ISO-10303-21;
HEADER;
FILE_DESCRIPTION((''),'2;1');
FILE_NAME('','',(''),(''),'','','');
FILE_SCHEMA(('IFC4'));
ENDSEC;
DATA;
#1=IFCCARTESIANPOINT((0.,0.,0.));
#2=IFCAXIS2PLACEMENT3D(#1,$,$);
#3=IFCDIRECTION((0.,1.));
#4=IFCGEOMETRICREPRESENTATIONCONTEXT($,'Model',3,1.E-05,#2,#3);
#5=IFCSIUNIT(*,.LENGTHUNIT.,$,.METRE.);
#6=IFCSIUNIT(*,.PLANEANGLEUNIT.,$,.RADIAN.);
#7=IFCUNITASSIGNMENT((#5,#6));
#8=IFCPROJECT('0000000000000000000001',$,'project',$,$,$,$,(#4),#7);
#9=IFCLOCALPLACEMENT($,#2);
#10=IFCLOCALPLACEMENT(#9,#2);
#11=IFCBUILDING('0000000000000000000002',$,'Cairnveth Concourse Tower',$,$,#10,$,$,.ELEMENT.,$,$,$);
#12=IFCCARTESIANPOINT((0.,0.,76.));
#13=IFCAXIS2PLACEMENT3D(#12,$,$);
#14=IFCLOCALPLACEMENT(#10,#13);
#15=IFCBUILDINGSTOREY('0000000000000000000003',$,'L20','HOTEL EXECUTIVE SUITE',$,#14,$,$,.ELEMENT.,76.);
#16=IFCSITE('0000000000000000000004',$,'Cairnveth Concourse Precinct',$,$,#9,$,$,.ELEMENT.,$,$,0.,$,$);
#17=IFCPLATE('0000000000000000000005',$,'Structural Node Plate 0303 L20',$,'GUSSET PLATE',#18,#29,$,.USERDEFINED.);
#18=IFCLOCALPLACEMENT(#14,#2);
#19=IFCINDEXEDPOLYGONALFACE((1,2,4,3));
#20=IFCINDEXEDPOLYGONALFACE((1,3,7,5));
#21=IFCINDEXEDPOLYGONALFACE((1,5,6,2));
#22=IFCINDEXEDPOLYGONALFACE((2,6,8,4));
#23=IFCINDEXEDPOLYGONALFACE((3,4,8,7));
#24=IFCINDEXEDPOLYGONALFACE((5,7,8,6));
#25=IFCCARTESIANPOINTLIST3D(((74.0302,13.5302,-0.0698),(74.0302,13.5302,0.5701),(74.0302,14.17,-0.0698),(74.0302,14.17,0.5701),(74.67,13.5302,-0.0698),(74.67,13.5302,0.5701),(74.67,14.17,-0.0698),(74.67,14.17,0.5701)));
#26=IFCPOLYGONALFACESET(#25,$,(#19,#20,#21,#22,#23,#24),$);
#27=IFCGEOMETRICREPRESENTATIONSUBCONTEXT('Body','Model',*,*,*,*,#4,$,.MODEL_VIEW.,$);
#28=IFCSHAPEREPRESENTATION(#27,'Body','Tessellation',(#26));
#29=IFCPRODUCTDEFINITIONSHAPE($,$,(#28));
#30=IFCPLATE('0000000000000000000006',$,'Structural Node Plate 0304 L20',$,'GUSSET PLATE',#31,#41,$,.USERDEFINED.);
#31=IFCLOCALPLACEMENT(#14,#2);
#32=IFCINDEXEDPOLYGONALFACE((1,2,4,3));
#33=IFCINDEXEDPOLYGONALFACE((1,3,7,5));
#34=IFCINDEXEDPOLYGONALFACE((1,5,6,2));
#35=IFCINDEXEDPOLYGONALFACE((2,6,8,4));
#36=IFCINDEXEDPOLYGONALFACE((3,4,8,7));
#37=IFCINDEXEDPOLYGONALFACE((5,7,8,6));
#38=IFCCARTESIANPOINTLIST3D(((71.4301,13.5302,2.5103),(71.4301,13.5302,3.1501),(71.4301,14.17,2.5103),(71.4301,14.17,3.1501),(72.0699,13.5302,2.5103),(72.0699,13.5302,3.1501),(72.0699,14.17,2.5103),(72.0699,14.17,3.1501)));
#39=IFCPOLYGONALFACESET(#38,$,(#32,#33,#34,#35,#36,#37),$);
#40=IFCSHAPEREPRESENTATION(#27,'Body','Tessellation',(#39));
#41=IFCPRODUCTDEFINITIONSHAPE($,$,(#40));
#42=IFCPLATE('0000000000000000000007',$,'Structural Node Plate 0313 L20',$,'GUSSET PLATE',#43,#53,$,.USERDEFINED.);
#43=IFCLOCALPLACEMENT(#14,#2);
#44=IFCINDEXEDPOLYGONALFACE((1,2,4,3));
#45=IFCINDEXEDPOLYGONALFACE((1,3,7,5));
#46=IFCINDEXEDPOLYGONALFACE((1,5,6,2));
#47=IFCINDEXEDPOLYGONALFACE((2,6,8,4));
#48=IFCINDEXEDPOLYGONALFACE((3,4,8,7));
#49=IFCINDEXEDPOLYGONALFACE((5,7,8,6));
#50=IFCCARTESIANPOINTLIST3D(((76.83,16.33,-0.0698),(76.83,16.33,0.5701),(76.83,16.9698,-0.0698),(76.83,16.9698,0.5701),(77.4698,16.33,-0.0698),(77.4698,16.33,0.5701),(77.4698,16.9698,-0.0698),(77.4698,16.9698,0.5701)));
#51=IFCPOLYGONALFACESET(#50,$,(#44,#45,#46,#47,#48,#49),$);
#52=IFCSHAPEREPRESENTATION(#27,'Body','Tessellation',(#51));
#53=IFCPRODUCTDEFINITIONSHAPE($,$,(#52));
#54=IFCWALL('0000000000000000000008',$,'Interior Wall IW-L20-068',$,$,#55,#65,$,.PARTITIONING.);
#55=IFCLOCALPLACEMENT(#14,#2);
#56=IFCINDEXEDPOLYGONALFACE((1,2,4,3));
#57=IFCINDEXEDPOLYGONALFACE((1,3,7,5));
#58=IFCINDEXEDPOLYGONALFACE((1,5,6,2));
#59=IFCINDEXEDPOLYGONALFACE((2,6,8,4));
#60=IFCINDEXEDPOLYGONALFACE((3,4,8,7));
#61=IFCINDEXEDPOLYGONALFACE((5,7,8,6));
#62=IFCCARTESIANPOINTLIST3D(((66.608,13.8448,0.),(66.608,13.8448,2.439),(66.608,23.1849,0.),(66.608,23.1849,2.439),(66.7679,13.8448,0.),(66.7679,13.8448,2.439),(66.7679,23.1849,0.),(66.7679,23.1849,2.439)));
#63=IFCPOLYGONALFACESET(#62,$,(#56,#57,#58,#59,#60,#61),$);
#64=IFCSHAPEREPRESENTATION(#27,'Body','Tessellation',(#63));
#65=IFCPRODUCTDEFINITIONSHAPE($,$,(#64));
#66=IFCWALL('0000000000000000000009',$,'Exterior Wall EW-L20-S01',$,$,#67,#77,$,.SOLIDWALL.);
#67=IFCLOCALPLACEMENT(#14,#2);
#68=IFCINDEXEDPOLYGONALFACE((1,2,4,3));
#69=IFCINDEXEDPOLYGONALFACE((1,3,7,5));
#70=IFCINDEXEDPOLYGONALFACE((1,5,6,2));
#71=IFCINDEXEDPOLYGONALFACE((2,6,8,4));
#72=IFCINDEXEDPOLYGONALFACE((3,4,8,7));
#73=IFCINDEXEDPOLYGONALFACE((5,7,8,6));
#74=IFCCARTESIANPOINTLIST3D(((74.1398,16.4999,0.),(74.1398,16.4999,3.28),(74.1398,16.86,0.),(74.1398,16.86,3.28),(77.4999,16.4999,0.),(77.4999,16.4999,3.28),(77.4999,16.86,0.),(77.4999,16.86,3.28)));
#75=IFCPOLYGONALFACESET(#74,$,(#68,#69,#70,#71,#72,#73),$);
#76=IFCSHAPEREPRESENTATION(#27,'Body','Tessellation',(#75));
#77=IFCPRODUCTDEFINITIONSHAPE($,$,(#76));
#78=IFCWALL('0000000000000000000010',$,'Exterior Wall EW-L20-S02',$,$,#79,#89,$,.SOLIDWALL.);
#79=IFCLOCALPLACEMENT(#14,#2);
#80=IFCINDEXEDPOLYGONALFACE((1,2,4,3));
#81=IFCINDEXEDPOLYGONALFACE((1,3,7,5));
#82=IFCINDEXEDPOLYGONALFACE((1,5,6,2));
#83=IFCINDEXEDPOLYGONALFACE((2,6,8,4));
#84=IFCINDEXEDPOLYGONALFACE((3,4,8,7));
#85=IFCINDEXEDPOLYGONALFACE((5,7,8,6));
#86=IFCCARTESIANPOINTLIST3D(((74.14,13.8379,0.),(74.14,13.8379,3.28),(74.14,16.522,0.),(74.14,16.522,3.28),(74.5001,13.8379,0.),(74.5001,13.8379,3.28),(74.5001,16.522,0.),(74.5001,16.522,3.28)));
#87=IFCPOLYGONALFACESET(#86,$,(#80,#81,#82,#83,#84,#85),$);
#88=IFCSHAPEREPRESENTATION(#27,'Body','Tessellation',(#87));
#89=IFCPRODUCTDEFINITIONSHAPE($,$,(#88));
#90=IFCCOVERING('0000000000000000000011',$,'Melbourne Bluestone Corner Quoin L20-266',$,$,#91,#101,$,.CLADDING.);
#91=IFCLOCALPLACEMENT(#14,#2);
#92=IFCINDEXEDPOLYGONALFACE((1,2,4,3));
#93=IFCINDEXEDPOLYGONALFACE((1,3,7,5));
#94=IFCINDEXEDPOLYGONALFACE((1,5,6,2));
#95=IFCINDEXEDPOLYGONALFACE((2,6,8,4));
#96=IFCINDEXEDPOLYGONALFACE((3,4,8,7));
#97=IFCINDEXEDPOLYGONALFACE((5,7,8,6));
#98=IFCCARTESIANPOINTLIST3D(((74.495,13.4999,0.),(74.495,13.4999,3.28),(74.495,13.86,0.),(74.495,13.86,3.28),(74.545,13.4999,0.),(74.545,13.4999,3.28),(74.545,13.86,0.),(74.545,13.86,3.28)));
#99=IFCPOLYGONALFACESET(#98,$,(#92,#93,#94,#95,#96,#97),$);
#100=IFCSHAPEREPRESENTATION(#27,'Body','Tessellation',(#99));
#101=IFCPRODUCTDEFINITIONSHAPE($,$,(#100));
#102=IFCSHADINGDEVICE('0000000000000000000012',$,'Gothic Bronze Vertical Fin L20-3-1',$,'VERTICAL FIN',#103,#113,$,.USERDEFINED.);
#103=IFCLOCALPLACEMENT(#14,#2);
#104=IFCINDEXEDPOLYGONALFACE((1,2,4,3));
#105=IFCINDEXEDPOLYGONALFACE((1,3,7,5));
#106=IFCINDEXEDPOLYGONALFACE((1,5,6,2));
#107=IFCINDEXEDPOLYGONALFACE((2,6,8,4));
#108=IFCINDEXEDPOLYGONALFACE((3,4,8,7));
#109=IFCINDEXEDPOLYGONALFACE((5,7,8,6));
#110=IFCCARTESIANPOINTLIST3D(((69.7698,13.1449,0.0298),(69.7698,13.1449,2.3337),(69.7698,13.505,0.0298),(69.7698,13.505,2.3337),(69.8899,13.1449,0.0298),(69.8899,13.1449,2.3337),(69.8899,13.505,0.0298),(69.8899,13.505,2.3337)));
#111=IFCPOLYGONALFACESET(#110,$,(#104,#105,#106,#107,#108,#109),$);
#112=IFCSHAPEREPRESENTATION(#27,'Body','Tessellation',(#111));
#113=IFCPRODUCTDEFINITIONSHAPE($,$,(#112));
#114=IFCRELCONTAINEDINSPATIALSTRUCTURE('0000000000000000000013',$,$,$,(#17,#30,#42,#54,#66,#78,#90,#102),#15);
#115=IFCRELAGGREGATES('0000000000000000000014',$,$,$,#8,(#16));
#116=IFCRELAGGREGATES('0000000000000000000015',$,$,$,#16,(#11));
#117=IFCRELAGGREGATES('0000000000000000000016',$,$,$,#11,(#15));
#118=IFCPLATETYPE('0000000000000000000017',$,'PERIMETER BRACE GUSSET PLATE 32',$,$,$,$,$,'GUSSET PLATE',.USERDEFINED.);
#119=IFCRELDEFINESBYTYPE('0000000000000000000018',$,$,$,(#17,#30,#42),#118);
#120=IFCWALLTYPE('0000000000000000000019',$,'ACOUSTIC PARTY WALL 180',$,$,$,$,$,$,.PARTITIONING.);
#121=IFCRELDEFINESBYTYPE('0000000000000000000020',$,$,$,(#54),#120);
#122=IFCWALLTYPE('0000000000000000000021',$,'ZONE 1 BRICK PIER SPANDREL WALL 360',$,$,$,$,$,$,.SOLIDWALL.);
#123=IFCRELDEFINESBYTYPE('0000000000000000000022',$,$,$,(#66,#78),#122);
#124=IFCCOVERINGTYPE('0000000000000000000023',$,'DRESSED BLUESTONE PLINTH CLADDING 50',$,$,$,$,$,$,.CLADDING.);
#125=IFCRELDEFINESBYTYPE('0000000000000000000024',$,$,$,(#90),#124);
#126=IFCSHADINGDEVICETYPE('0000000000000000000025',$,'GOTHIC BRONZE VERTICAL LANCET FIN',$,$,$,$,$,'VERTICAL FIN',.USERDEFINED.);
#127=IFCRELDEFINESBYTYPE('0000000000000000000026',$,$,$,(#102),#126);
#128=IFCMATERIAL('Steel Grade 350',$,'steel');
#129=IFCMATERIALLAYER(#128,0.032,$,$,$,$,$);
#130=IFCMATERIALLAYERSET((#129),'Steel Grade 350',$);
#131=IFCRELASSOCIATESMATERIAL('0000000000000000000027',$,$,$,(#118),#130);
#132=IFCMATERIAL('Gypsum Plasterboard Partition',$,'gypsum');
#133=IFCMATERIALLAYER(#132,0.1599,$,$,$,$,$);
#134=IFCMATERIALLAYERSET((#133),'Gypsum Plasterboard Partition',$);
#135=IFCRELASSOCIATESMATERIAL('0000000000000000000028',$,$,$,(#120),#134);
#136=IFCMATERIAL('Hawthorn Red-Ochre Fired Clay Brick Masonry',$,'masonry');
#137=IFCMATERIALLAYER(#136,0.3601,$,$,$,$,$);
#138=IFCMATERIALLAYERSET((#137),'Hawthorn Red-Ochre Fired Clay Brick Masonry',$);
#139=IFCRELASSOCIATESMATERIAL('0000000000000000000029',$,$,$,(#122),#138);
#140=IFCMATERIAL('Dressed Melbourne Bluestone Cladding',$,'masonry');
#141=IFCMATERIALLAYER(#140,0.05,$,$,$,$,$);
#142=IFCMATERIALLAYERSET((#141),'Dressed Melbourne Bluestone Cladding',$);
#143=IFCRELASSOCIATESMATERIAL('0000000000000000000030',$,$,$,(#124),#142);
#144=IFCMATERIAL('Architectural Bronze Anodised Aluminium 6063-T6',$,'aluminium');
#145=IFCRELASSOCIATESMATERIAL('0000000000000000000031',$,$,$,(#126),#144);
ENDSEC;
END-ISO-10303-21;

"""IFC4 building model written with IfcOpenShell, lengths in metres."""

from ifc_helpers import new_model, si_unit, direction, frame, frame_2d, origin, origin_2d, place, context, subcontext, project, spatial, rectangle, extrude, material, layer, layer_set, type_object, element, save


model = new_model("IFC4")

# Units and contexts
model_context = context("Model", 3, precision=1e-05, world=origin(), true_north=direction((0.0, 1.0)))
body_context = subcontext(model_context, "Body", "Model", "MODEL_VIEW")
ifc_project = project(units=[si_unit("LENGTHUNIT", "METRE"), si_unit("PLANEANGLEUNIT", "RADIAN")], contexts=[model_context])

# Site, building, storey
site_placement = place(None, origin())
site = spatial("IfcSite", under=ifc_project, at=site_placement, Name="Cairnveth Concourse Precinct", CompositionType="ELEMENT", RefElevation=0.0)
building_placement = place(site_placement, origin())
building = spatial("IfcBuilding", under=site, at=building_placement, Name="Cairnveth Concourse Tower", CompositionType="ELEMENT")
storey_placement = place(building_placement, frame((0.0, 0.0, 76.0)))
storey = spatial("IfcBuildingStorey", under=building, at=storey_placement, Name="L20", Description="HOTEL EXECUTIVE SUITE", CompositionType="ELEMENT", Elevation=76.0)

# Shared definitions
ifc_material_1 = material(Name="Steel Grade 350", Category="steel")

# Plates
ifc_layer_1 = layer(ifc_material_1, 0.032)
ifc_layer_set_1 = layer_set([ifc_layer_1], Name="Steel Grade 350")
plate_type = type_object("IfcPlateType", Name="PERIMETER BRACE GUSSET PLATE 32", ElementType="GUSSET PLATE", PredefinedType="USERDEFINED", material=ifc_layer_set_1)
for number, where, z_axis, x_axis, name in (
    (1, (74.3501, 13.8501, -0.0698), (0.0, 0.0, 1.0), (1.0, 0.0, 0.0), "Structural Node Plate 0303 L20"),
    (2, (71.75, 13.8501, 2.5103), (0.0, 0.0, 1.0), (1.0, 0.0, 0.0), "Structural Node Plate 0304 L20"),
    (3, (77.1499, 16.6499, -0.0698), (0.0, 0.0, 1.0), (1.0, 0.0, 0.0), "Structural Node Plate 0313 L20"),
):
    element("IfcPlate", number, at=place(storey_placement, frame(where, z_axis=z_axis, x_axis=x_axis)), inside=storey, type_object=plate_type, Name=name, ObjectType="GUSSET PLATE", PredefinedType="USERDEFINED", context=body_context, shape_type="SweptSolid", body=[
        extrude(rectangle(XDim=0.6399, YDim=0.6399, at=origin_2d()), origin(), (0.0, 0.0, 1.0), 0.6399),
    ])

# Walls
ifc_material_2 = material(Name="Gypsum Plasterboard Partition", Category="gypsum")
ifc_layer_2 = layer(ifc_material_2, 0.1599)
ifc_layer_set_2 = layer_set([ifc_layer_2], Name="Gypsum Plasterboard Partition")
wall_type_1 = type_object("IfcWallType", Name="ACOUSTIC PARTY WALL 180", PredefinedType="PARTITIONING", material=ifc_layer_set_2)
wall_1_placement = place(storey_placement, frame((66.688, 13.845, 0.0), z_axis=(0.0, 0.0, 1.0), x_axis=(0.0, 1.0, 0.0)))
element("IfcWall", 4, at=wall_1_placement, inside=storey, type_object=wall_type_1, Name="Interior Wall IW-L20-068", PredefinedType="PARTITIONING", context=body_context, shape_type="SweptSolid", body=[
    extrude(rectangle(XDim=9.3401, YDim=0.1599, at=frame_2d((4.6699, 0.0))), origin(), (0.0, 0.0, 1.0), 2.439),
])
ifc_material_3 = material(Name="Hawthorn Red-Ochre Fired Clay Brick Masonry", Category="masonry")
ifc_layer_3 = layer(ifc_material_3, 0.3601)
ifc_layer_set_3 = layer_set([ifc_layer_3], Name="Hawthorn Red-Ochre Fired Clay Brick Masonry")
wall_type_2 = type_object("IfcWallType", Name="ZONE 1 BRICK PIER SPANDREL WALL 360", PredefinedType="SOLIDWALL", material=ifc_layer_set_3)
wall_2_placement = place(storey_placement, frame((77.5, 16.6799, 0.0), z_axis=(0.0, 0.0, 1.0), x_axis=(-1.0, 0.0, 0.0)))
element("IfcWall", 5, at=wall_2_placement, inside=storey, type_object=wall_type_2, Name="Exterior Wall EW-L20-S01", PredefinedType="SOLIDWALL", context=body_context, shape_type="SweptSolid", body=[
    extrude(rectangle(XDim=3.3601, YDim=0.3601, at=frame_2d((1.6802, 0.0))), origin(), (0.0, 0.0, 1.0), 3.28),
])
wall_3_placement = place(storey_placement, frame((74.3201, 16.522, 0.0), z_axis=(0.0, 0.0, 1.0), x_axis=(0.0, -1.0, 0.0)))
element("IfcWall", 6, at=wall_3_placement, inside=storey, type_object=wall_type_2, Name="Exterior Wall EW-L20-S02", PredefinedType="SOLIDWALL", context=body_context, shape_type="SweptSolid", body=[
    extrude(rectangle(XDim=2.6841, YDim=0.3601, at=frame_2d((1.342, 0.0))), origin(), (0.0, 0.0, 1.0), 3.28),
])

# Covering
ifc_material_4 = material(Name="Dressed Melbourne Bluestone Cladding", Category="masonry")
ifc_layer_4 = layer(ifc_material_4, 0.05)
ifc_layer_set_4 = layer_set([ifc_layer_4], Name="Dressed Melbourne Bluestone Cladding")
covering_type = type_object("IfcCoveringType", Name="DRESSED BLUESTONE PLINTH CLADDING 50", PredefinedType="CLADDING", material=ifc_layer_set_4)
covering_placement = place(storey_placement, frame((74.52, 13.8601, 0.0), z_axis=(0.0, 0.0, 1.0), x_axis=(0.0, -1.0, 0.0)))
element("IfcCovering", 7, at=covering_placement, inside=storey, type_object=covering_type, Name="Melbourne Bluestone Corner Quoin L20-266", PredefinedType="CLADDING", context=body_context, shape_type="SweptSolid", body=[
    extrude(rectangle(XDim=0.3601, YDim=0.05, at=frame_2d((0.1802, 0.0))), origin(), (0.0, 0.0, 1.0), 3.28),
])

# Shading device
ifc_material_5 = material(Name="Architectural Bronze Anodised Aluminium 6063-T6", Category="aluminium")
shading_device_type = type_object("IfcShadingDeviceType", Name="GOTHIC BRONZE VERTICAL LANCET FIN", ElementType="VERTICAL FIN", PredefinedType="USERDEFINED", material=ifc_material_5)
shading_device_placement = place(storey_placement, frame((69.8298, 13.325, 0.0298), z_axis=(0.0, 0.0, 1.0), x_axis=(1.0, 0.0, 0.0)))
element("IfcShadingDevice", 8, at=shading_device_placement, inside=storey, type_object=shading_device_type, Name="Gothic Bronze Vertical Fin L20-3-1", ObjectType="VERTICAL FIN", PredefinedType="USERDEFINED", context=body_context, shape_type="SweptSolid", body=[
    extrude(rectangle(XDim=0.1201, YDim=0.3601, at=origin_2d()), origin(), (0.0, 0.0, 1.0), 2.304),
])

save(model, "model.ifc")
